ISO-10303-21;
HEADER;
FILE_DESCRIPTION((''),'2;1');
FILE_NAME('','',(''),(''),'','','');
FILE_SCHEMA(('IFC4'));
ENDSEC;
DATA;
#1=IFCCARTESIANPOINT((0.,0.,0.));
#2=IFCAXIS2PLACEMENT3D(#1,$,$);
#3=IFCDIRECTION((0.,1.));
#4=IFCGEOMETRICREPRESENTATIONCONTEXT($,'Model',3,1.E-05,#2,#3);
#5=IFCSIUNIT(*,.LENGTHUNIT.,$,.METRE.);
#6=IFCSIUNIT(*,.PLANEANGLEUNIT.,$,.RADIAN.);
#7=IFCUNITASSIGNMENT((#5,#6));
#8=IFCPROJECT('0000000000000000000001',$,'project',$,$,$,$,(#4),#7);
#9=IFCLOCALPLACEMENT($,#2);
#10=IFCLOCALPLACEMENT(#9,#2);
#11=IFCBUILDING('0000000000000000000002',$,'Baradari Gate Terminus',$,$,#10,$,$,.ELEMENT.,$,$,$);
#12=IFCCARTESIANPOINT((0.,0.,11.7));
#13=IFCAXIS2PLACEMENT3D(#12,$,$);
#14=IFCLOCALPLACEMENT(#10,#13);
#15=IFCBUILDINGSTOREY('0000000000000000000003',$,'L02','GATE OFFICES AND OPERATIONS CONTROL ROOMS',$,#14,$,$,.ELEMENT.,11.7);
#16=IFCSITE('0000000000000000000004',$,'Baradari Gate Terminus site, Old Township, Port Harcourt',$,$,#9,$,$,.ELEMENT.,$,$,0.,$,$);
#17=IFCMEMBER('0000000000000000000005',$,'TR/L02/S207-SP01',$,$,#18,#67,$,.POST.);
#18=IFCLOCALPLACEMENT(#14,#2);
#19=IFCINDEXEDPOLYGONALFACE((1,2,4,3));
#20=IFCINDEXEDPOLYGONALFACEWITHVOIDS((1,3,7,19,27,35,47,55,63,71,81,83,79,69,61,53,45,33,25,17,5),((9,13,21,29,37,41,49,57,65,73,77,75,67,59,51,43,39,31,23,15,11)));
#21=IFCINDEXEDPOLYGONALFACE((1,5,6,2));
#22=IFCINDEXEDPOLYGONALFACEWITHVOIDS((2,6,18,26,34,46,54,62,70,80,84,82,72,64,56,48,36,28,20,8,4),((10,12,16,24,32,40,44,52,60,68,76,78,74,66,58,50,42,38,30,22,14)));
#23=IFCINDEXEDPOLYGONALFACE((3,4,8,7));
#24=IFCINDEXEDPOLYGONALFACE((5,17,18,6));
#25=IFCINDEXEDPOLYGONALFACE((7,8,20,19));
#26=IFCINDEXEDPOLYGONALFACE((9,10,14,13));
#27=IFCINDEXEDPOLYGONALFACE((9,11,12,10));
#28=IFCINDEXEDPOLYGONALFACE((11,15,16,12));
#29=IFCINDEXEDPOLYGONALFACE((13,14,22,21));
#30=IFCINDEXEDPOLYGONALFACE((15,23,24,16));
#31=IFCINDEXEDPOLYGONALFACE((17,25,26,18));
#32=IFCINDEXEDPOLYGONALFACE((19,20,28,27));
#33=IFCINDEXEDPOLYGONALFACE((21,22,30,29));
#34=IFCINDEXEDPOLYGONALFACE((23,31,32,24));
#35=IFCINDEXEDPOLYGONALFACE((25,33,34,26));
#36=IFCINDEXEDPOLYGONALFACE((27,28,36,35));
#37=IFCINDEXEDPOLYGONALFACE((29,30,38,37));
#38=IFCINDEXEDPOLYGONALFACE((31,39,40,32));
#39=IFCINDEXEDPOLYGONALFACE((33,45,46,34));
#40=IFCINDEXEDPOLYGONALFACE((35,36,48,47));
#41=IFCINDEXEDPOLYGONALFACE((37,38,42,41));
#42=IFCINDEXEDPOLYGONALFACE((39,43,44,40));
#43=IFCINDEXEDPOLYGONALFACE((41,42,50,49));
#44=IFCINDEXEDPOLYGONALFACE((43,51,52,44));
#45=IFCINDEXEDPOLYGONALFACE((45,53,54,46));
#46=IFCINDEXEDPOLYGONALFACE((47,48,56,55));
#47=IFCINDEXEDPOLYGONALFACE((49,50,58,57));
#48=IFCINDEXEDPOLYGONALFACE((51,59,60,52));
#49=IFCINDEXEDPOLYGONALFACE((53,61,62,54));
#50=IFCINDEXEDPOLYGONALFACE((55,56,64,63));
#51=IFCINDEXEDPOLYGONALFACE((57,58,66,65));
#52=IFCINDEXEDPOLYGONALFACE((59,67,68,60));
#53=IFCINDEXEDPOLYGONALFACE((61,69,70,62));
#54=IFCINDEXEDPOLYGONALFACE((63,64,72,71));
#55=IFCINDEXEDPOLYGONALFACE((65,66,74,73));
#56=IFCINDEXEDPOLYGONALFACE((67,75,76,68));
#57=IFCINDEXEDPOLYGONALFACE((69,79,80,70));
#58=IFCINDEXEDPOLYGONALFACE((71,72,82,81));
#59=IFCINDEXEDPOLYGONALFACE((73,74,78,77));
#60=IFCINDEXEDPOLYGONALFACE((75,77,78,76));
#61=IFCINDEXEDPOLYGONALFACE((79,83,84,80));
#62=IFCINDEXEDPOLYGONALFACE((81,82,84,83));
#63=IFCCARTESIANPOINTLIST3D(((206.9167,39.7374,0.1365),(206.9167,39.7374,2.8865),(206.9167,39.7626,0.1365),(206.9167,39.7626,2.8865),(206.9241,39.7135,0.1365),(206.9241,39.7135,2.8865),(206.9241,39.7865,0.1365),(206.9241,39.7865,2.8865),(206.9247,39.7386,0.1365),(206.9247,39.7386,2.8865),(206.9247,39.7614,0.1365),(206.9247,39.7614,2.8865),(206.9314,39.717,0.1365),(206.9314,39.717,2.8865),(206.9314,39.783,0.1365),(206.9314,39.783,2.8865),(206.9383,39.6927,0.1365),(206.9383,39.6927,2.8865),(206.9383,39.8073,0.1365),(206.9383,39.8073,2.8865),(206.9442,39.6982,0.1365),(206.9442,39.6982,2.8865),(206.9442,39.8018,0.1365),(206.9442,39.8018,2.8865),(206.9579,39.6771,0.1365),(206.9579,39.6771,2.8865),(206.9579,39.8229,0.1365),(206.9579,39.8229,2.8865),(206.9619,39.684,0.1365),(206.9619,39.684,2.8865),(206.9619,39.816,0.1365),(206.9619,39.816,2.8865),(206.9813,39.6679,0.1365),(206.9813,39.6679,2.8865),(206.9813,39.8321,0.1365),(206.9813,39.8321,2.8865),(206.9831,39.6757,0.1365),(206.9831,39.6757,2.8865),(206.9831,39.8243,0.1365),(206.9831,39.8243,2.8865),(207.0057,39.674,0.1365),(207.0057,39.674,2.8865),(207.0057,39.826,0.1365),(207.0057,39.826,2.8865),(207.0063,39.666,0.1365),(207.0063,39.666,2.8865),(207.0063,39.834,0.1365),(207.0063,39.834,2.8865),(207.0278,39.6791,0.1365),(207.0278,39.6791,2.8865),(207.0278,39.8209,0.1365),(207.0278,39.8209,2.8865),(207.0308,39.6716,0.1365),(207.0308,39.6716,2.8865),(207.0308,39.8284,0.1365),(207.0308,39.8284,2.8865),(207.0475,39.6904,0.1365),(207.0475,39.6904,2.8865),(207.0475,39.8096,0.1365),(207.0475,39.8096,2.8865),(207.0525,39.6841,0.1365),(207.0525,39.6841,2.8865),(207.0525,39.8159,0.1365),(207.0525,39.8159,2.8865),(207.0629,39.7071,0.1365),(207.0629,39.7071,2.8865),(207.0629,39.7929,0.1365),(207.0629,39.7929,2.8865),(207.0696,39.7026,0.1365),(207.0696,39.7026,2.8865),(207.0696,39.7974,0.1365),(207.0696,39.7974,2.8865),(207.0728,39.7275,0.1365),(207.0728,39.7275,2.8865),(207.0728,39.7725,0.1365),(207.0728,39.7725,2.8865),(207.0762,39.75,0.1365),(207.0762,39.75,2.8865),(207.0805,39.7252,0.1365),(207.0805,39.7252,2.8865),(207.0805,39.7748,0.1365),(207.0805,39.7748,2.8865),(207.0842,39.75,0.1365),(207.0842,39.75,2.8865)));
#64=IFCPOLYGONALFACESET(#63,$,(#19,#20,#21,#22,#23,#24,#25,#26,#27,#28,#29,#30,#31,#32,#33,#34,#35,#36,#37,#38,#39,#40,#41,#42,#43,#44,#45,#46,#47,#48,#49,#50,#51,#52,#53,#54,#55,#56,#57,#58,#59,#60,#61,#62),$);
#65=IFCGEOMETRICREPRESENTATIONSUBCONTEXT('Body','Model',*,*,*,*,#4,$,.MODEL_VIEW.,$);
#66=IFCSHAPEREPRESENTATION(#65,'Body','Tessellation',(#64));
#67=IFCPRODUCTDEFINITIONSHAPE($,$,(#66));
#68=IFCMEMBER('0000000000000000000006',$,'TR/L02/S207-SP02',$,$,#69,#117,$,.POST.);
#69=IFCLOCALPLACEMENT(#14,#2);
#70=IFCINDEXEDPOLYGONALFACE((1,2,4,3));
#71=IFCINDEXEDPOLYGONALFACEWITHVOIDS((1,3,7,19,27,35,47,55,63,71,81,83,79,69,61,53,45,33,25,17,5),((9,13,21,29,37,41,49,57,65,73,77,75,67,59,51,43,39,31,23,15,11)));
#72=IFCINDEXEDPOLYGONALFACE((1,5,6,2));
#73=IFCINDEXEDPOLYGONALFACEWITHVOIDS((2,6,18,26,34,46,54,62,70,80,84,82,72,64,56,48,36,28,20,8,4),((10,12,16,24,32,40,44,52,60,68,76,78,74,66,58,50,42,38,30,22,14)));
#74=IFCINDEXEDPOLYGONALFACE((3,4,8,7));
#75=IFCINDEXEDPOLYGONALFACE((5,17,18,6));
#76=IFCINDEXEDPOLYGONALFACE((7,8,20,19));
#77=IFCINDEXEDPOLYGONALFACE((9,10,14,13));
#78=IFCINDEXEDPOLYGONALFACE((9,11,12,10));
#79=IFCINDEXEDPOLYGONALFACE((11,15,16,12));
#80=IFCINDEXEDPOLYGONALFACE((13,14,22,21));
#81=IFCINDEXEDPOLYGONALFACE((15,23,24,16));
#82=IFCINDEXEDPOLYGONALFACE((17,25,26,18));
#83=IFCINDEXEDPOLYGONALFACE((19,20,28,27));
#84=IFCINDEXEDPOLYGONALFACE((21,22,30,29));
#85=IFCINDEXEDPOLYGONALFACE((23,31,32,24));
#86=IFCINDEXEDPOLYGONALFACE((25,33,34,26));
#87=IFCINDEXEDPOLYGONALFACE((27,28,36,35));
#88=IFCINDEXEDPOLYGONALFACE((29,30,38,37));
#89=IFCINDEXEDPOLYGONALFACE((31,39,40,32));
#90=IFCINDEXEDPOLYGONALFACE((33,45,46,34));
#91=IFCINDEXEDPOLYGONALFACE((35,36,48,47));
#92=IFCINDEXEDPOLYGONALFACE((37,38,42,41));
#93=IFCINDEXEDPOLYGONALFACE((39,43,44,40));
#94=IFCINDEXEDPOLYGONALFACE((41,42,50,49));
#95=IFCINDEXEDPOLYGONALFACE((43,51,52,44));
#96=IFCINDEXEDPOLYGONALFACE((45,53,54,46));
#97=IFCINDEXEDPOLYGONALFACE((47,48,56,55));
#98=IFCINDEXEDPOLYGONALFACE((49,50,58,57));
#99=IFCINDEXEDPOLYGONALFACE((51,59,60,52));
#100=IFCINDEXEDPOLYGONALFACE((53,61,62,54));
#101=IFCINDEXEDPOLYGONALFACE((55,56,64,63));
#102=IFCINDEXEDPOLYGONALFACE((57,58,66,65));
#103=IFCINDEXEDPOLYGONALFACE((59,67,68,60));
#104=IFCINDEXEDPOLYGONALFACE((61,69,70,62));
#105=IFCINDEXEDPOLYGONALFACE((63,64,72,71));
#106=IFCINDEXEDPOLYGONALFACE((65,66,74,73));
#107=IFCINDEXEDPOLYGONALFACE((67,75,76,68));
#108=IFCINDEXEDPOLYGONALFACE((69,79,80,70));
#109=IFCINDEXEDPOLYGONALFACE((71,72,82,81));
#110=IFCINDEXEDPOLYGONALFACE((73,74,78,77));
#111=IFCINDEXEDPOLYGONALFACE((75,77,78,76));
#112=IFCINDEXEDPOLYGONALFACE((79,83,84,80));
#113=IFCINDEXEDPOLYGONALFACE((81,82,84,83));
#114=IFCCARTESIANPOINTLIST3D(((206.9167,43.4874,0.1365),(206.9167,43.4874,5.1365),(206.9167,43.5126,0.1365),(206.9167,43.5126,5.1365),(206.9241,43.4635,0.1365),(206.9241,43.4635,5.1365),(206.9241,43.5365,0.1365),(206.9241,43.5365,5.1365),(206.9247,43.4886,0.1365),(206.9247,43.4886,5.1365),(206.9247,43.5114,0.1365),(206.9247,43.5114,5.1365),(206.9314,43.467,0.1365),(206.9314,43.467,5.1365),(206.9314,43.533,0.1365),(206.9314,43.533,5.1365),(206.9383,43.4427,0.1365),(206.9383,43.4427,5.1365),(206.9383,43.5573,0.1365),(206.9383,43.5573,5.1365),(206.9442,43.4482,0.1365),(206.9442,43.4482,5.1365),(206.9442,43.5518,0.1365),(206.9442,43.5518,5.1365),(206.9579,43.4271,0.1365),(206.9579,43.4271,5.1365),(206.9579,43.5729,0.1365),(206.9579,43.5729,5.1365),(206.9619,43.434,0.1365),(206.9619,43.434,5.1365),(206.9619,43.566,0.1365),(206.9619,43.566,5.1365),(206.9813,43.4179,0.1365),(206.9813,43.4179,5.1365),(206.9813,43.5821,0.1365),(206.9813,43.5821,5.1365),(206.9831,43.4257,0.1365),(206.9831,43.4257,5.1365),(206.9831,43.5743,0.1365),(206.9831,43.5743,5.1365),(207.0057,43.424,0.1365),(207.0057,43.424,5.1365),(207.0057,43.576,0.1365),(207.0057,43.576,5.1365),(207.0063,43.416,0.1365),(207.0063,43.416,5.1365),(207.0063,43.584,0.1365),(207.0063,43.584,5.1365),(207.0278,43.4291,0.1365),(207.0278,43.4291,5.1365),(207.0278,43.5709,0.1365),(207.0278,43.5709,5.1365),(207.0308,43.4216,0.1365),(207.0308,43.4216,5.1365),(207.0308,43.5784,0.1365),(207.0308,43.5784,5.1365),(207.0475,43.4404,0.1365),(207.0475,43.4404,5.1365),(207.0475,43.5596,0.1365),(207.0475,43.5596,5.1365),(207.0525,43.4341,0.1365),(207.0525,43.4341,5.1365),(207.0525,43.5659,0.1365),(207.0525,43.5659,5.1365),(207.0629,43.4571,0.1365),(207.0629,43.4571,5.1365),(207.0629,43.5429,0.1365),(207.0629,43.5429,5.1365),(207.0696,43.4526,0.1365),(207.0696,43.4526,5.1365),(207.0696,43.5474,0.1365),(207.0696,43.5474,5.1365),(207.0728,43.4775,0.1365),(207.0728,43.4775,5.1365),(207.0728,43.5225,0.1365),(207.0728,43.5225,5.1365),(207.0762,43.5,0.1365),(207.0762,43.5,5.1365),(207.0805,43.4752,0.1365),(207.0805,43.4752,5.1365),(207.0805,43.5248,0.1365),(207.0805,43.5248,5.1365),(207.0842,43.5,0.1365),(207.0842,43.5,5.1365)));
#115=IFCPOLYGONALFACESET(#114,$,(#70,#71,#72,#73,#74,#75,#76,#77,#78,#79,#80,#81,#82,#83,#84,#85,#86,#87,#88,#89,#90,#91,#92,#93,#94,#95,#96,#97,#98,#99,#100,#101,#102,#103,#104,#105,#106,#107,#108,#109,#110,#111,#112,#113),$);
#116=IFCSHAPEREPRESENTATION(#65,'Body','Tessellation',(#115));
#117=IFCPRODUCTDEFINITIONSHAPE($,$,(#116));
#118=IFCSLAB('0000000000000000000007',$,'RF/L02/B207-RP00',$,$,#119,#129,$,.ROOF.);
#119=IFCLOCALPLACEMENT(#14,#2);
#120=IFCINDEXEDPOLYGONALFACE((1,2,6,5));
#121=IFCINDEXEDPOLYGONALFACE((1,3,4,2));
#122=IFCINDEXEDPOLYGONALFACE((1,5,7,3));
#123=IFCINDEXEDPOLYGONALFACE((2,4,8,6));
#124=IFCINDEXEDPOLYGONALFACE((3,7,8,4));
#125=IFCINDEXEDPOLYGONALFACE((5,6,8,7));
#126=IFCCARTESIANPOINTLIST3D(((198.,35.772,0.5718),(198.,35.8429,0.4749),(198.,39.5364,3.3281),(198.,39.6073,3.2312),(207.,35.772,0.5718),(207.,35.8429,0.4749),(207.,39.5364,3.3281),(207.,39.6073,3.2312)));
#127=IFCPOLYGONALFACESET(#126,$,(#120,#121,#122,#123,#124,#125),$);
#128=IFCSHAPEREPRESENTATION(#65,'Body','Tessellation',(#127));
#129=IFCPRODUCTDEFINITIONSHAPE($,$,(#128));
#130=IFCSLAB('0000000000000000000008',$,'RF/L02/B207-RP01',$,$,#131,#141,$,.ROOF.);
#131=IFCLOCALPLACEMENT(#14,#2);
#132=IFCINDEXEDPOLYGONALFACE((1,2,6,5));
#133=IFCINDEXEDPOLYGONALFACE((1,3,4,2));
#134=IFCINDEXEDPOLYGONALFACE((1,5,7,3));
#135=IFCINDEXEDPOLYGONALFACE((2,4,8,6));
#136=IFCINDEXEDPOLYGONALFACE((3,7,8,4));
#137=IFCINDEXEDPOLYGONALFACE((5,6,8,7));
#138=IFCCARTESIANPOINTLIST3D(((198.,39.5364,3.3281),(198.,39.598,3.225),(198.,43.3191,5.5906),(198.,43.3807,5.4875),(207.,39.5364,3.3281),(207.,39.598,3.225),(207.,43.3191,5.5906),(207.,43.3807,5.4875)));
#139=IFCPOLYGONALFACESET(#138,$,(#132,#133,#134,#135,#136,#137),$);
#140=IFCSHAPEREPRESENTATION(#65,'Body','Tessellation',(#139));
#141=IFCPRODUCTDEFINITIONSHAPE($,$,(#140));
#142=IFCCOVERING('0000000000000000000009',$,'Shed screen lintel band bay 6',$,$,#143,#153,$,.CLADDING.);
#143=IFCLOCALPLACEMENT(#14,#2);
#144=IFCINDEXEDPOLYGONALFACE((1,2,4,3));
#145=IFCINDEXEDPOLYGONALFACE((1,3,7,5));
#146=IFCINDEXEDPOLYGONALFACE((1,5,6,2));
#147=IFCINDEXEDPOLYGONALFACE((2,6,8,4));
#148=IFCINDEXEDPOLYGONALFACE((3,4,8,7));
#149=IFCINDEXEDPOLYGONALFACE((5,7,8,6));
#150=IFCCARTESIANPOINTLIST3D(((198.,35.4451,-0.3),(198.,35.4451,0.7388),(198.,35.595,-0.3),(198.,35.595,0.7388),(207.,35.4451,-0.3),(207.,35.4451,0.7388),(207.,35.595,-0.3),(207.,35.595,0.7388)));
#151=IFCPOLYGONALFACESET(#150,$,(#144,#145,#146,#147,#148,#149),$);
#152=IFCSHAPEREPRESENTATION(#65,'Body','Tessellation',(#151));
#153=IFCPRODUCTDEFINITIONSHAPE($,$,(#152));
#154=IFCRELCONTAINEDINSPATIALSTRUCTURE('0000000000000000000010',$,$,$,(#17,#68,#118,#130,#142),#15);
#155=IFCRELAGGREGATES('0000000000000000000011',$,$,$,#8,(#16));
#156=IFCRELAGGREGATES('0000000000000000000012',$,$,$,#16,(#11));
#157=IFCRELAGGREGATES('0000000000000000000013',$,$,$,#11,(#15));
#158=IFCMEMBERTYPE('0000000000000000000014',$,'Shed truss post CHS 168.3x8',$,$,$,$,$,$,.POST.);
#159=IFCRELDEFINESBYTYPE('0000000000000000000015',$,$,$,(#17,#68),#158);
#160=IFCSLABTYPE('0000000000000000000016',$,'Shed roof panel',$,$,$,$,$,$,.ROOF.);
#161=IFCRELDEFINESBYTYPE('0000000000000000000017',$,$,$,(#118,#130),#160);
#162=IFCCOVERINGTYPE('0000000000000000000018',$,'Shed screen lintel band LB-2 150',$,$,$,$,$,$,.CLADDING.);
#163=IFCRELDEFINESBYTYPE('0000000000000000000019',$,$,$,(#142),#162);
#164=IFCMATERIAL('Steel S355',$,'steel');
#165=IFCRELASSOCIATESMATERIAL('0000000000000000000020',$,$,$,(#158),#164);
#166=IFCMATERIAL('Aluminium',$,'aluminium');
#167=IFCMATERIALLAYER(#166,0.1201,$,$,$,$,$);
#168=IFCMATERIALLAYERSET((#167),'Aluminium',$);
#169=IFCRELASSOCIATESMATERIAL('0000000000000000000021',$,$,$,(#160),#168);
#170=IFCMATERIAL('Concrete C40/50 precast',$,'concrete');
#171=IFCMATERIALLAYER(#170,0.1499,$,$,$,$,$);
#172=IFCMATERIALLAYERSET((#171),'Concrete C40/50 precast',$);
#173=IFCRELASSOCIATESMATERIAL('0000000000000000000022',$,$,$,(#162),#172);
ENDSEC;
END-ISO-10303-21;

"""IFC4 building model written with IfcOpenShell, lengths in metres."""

from ifc_helpers import new_model, si_unit, direction, frame, origin, origin_2d, place, context, subcontext, project, spatial, polyline, hollow_circle, outline, extrude, material, layer, layer_set, material_profile, profile_set, type_object, element, save


model = new_model("IFC4")

# Units and contexts
model_context = context("Model", 3, precision=1e-05, world=origin(), true_north=direction((0.0, 1.0)))
body_context = subcontext(model_context, "Body", "Model", "MODEL_VIEW")
ifc_project = project(units=[si_unit("LENGTHUNIT", "METRE"), si_unit("PLANEANGLEUNIT", "RADIAN")], contexts=[model_context])

# Site, building, storey
site_placement = place(None, origin())
site = spatial("IfcSite", under=ifc_project, at=site_placement, Name="Baradari Gate Terminus site, Old Township, Port Harcourt", CompositionType="ELEMENT", RefElevation=0.0)
building_placement = place(site_placement, origin())
building = spatial("IfcBuilding", under=site, at=building_placement, Name="Baradari Gate Terminus", CompositionType="ELEMENT")
storey_placement = place(building_placement, frame((0.0, 0.0, 11.7)))
storey = spatial("IfcBuildingStorey", under=building, at=storey_placement, Name="L02", Description="GATE OFFICES AND OPERATIONS CONTROL ROOMS", CompositionType="ELEMENT", Elevation=11.7)

# Members
ifc_material_1 = material(Name="Steel S355", Category="steel")
ifc_material_profile_1 = material_profile(ifc_material_1, hollow_circle(Radius=0.0842, WallThickness=0.0081, at=origin_2d()), Name="CHS 168.3x8")
ifc_profile_set_1 = profile_set([ifc_material_profile_1], Name="Steel S355")
member_type_1 = type_object("IfcMemberType", Name="Shed truss post CHS 168.3x8", PredefinedType="POST", material=ifc_profile_set_1)
member_1_placement = place(storey_placement, frame((207.0, 39.75, 0.1365), z_axis=(0.0, 0.0, 1.0), x_axis=(1.0, 0.0, 0.0)))
element("IfcMember", 1, at=member_1_placement, inside=storey, type_object=member_type_1, Name="TR/L02/S207-SP01", PredefinedType="POST", context=body_context, shape_type="SweptSolid", body=[
    extrude(hollow_circle(Radius=0.0842, WallThickness=0.0081, at=origin_2d()), origin(), (0.0, 0.0, 1.0), 2.75),
])
member_2_placement = place(storey_placement, frame((207.0, 43.5, 0.1365), z_axis=(0.0, 0.0, 1.0), x_axis=(1.0, 0.0, 0.0)))
element("IfcMember", 2, at=member_2_placement, inside=storey, type_object=member_type_1, Name="TR/L02/S207-SP02", PredefinedType="POST", context=body_context, shape_type="SweptSolid", body=[
    extrude(hollow_circle(Radius=0.0842, WallThickness=0.0081, at=origin_2d()), origin(), (0.0, 0.0, 1.0), 5.0),
])

# Slabs
ifc_material_2 = material(Name="Aluminium", Category="aluminium")
ifc_layer_1 = layer(ifc_material_2, 0.1201)
ifc_layer_set_1 = layer_set([ifc_layer_1], Name="Aluminium")
slab_type = type_object("IfcSlabType", Name="Shed roof panel", PredefinedType="ROOF", material=ifc_layer_set_1)
slab_1_placement = place(storey_placement, frame((198.0, 35.772, 0.5718), z_axis=(0.0, -0.590776, 0.806836), x_axis=(1.0, 0.0, 0.0)))
element("IfcSlab", 3, at=slab_1_placement, inside=storey, type_object=slab_type, Name="RF/L02/B207-RP00", PredefinedType="ROOF", context=body_context, shape_type="SweptSolid", body=[
    extrude(outline(polyline([(0.0, 0.0), (9.0, 0.0), (9.0, 4.6656), (0.0, 4.6656), (0.0, 0.0)])), origin(), (0.0, 0.0, -1.0), 0.1201),
])
slab_2_placement = place(storey_placement, frame((198.0, 39.5364, 3.3281), z_axis=(0.0, -0.513298, 0.858211), x_axis=(1.0, 0.0, 0.0)))
element("IfcSlab", 4, at=slab_2_placement, inside=storey, type_object=slab_type, Name="RF/L02/B207-RP01", PredefinedType="ROOF", context=body_context, shape_type="SweptSolid", body=[
    extrude(outline(polyline([(0.0, 0.0), (9.0, 0.0), (9.0, 4.4077), (0.0, 4.4077), (0.0, 0.0)])), origin(), (0.0, 0.0, -1.0), 0.1201),
])

# Covering
ifc_material_3 = material(Name="Concrete C40/50 precast", Category="concrete")
ifc_layer_2 = layer(ifc_material_3, 0.1499)
ifc_layer_set_2 = layer_set([ifc_layer_2], Name="Concrete C40/50 precast")
covering_type = type_object("IfcCoveringType", Name="Shed screen lintel band LB-2 150", PredefinedType="CLADDING", material=ifc_layer_set_2)
covering_placement = place(storey_placement, frame((198.0, 35.52, -0.3), z_axis=(0.0, 0.0, 1.0), x_axis=(1.0, 0.0, 0.0)))
element("IfcCovering", 5, at=covering_placement, inside=storey, type_object=covering_type, Name="Shed screen lintel band bay 6", PredefinedType="CLADDING", context=body_context, shape_type="SweptSolid", body=[
    extrude(outline(polyline([(9.0, 0.0), (9.0, 1.0388), (0.0, 1.0388), (0.0, 0.0), (9.0, 0.0)])), frame((0.0, 0.075, 0.0), z_axis=(0.0, -1.0, 0.0), x_axis=(1.0, 0.0, 0.0)), (0.0, 0.0, 1.0), 0.1499),
])

save(model, "model.ifc")
